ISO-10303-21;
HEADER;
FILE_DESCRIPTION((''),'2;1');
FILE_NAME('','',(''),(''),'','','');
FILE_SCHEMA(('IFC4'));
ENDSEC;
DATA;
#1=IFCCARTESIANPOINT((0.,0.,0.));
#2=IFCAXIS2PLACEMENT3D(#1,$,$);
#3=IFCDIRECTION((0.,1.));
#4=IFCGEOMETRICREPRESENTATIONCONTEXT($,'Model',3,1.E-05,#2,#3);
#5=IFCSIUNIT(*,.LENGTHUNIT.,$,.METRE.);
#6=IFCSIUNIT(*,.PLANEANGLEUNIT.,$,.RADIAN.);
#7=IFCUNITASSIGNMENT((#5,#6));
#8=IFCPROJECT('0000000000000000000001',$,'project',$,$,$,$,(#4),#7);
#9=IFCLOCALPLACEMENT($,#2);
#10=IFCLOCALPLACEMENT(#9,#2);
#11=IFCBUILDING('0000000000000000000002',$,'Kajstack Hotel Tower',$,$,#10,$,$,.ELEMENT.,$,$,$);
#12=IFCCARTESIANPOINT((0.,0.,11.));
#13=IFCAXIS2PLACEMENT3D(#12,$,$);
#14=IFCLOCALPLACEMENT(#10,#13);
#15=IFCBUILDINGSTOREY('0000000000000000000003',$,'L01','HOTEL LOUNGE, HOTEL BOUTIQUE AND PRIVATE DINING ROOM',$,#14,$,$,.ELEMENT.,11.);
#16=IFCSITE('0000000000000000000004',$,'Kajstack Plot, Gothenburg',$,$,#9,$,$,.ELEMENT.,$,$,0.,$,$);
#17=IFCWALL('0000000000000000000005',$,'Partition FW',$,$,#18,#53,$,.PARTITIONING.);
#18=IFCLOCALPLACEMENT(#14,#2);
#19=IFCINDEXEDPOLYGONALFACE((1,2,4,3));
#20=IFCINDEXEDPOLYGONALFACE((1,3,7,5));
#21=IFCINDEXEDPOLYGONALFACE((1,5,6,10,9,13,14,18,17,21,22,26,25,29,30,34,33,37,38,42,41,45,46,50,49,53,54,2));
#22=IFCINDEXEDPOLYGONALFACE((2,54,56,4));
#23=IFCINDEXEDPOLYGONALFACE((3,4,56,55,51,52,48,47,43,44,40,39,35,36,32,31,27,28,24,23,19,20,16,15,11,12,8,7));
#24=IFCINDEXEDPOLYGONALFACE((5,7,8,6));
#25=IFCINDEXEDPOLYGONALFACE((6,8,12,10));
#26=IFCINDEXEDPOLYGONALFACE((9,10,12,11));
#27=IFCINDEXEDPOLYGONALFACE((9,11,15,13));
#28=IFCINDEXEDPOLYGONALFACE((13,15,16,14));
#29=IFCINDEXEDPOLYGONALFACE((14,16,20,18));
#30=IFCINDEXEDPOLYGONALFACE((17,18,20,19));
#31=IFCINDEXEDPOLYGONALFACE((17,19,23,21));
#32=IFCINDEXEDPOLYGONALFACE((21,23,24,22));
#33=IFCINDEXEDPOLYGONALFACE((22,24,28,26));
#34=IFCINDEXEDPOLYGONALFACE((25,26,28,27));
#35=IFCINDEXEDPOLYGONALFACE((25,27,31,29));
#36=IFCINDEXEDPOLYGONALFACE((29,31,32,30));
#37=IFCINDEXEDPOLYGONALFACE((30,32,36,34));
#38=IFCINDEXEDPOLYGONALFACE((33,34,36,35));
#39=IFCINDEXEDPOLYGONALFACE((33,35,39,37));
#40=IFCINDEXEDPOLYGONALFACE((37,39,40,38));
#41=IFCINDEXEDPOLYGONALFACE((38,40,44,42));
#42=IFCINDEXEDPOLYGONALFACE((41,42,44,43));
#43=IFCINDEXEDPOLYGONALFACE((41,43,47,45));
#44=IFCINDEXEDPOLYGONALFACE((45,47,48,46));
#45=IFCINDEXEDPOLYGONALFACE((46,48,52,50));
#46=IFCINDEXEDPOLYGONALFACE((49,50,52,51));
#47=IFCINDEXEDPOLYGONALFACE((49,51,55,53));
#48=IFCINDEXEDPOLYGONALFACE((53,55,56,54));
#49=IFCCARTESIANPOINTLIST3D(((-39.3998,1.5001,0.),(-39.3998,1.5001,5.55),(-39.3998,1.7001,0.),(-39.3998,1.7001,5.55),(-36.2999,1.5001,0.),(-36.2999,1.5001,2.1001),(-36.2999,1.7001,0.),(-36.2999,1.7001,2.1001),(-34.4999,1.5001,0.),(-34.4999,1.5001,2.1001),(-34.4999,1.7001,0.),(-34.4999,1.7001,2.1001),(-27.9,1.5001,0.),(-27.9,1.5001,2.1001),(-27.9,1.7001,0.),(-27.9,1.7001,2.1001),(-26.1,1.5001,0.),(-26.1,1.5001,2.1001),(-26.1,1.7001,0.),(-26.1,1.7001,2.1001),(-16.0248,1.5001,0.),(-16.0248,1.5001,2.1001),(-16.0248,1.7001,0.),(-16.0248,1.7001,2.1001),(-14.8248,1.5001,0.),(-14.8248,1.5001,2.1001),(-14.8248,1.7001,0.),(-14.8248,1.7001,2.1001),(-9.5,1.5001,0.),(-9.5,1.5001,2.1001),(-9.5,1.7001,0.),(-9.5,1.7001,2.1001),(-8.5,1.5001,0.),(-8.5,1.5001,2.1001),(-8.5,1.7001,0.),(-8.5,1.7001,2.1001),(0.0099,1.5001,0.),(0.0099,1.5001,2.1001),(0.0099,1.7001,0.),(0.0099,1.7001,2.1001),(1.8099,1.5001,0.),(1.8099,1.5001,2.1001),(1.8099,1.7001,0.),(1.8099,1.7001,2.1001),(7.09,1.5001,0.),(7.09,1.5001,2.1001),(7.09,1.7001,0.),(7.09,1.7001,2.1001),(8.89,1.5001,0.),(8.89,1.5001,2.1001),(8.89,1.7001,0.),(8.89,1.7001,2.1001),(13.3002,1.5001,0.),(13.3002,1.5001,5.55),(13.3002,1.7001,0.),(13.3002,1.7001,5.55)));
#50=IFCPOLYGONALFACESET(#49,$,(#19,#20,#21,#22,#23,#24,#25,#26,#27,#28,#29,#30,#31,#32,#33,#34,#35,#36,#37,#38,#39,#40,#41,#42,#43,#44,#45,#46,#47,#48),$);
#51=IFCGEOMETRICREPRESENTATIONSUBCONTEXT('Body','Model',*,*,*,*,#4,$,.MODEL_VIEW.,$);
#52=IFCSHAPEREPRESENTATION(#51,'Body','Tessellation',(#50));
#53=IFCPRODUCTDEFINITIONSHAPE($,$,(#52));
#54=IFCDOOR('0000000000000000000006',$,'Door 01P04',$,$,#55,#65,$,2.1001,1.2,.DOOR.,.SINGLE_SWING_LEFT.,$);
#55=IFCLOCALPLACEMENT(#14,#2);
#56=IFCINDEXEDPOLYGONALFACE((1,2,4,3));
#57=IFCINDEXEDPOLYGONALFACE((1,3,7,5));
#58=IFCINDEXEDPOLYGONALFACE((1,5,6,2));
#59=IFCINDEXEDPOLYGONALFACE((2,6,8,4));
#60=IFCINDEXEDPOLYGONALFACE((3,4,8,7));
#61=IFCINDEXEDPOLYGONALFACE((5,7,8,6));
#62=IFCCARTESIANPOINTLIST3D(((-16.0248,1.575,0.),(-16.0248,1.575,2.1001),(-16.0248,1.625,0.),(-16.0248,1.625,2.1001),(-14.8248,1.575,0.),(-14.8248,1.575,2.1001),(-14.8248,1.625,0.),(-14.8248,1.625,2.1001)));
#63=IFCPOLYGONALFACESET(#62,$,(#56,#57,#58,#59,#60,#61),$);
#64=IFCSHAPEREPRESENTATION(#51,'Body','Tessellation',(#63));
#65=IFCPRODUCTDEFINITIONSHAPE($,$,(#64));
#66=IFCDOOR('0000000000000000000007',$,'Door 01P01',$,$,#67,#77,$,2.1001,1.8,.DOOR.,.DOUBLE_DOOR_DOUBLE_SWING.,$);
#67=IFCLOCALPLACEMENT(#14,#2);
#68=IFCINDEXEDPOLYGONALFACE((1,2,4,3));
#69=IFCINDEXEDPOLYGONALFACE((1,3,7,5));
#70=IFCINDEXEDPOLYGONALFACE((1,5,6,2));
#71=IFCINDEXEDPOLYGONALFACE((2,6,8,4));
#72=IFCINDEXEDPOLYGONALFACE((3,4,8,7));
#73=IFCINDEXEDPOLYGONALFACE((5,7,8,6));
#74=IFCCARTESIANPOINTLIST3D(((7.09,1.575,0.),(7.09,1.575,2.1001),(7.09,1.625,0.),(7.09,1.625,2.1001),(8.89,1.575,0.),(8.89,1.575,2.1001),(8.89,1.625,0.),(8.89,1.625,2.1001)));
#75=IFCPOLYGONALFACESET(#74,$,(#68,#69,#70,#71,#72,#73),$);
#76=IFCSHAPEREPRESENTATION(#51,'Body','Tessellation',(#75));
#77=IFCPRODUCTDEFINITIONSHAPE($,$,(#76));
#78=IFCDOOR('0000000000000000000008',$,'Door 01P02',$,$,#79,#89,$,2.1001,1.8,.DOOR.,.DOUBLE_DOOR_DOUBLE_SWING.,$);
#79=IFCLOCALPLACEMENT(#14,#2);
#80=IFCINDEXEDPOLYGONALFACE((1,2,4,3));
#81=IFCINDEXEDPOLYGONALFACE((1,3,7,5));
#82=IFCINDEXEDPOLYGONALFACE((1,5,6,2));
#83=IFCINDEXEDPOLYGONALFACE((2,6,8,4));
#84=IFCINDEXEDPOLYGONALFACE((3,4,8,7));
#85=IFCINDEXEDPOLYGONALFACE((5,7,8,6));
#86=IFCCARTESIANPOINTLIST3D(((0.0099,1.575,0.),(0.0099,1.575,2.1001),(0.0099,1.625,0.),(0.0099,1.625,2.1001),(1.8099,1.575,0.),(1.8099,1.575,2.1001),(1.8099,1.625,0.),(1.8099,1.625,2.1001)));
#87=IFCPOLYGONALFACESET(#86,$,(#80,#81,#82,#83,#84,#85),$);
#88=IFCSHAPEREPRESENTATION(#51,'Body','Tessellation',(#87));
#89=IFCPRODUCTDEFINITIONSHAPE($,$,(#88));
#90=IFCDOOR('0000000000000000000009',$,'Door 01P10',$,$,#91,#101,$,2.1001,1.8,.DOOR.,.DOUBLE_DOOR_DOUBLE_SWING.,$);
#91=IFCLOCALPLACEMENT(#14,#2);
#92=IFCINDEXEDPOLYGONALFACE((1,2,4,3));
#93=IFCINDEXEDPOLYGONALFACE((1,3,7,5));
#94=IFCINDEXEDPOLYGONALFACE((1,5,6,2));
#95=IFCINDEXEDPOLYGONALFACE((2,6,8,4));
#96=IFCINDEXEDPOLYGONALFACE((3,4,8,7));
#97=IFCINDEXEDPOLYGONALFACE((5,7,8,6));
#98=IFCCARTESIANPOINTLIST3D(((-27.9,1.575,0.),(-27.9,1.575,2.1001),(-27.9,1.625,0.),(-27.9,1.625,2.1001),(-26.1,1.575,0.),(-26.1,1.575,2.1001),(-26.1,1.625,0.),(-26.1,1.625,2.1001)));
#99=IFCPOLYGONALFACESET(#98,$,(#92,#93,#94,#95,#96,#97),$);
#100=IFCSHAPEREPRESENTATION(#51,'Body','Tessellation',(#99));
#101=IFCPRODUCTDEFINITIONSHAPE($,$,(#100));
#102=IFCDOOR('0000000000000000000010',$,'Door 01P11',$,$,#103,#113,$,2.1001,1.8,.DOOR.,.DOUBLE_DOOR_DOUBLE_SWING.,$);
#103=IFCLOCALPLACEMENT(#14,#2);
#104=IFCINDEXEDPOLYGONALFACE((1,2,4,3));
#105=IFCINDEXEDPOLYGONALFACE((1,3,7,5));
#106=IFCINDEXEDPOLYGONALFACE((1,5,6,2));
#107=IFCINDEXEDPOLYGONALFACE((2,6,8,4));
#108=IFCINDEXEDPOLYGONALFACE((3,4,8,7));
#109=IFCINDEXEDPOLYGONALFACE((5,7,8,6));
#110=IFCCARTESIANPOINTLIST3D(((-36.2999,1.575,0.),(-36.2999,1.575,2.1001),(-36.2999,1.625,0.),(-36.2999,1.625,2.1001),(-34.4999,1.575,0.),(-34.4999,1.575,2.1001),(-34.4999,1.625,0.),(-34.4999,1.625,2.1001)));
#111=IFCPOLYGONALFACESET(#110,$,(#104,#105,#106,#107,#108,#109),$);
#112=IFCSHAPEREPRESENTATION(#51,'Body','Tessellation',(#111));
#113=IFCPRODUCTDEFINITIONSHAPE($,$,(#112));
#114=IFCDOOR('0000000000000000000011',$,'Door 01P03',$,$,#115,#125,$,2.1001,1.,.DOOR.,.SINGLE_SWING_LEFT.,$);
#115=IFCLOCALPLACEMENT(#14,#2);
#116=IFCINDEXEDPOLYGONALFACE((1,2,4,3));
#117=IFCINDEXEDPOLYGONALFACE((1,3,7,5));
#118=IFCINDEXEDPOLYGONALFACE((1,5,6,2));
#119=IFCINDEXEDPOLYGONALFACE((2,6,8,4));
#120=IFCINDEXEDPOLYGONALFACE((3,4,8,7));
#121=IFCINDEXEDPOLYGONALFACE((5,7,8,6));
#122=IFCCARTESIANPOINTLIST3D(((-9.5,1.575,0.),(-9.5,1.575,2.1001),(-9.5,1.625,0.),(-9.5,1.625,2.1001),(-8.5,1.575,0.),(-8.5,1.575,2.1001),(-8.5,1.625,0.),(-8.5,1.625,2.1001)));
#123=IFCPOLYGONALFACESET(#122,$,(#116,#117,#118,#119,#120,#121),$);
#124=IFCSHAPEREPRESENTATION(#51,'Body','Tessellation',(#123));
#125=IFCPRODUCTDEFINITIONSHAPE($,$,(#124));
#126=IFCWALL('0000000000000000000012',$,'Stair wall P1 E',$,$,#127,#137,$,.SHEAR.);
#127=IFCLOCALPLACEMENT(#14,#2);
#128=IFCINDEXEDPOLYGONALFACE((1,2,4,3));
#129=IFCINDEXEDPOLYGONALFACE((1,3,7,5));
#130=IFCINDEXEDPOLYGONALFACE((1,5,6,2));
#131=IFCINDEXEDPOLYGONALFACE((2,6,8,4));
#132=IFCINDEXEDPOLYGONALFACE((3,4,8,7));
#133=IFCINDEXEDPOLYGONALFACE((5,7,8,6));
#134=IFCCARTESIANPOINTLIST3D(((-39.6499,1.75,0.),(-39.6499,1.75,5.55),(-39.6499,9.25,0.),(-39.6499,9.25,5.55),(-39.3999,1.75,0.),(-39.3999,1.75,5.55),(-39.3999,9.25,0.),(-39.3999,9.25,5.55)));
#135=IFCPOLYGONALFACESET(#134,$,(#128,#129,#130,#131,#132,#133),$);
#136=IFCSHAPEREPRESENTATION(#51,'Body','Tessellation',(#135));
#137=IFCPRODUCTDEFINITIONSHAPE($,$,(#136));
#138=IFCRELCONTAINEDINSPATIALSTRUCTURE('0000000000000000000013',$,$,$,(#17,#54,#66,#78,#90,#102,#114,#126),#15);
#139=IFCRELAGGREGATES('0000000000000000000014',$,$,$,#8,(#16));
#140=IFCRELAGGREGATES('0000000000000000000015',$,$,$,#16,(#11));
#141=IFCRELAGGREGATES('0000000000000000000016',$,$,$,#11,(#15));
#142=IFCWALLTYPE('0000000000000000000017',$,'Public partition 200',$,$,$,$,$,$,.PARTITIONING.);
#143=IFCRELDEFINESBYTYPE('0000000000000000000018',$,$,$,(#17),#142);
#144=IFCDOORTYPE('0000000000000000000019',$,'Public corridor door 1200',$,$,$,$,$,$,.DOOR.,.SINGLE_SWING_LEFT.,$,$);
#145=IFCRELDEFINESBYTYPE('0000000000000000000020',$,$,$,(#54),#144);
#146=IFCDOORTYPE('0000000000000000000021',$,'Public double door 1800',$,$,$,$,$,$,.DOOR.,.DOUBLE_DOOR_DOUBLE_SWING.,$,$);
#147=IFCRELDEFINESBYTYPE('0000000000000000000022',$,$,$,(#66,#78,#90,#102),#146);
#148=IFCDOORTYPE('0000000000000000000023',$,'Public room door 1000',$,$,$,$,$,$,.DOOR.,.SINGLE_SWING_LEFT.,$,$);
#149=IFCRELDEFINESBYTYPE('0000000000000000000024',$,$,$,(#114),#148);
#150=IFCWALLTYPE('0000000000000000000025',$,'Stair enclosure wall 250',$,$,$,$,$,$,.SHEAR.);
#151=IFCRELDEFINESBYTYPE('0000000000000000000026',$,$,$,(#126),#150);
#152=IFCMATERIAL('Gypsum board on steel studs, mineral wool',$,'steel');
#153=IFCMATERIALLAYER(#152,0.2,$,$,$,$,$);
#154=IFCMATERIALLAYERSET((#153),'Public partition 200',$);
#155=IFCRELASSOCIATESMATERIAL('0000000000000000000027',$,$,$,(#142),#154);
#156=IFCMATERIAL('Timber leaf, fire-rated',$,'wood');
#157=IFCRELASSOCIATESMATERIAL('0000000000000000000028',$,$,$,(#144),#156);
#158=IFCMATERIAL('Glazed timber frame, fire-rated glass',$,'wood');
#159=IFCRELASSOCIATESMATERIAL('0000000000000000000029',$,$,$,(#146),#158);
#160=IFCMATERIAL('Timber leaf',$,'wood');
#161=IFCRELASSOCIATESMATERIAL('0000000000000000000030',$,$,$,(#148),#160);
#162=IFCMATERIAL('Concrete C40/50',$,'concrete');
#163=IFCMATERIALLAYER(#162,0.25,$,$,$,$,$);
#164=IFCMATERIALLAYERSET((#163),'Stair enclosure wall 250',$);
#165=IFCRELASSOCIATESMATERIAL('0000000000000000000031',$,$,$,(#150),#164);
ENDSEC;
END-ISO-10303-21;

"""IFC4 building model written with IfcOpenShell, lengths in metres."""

from ifc_helpers import new_model, si_unit, direction, frame, frame_2d, origin, place, context, subcontext, project, spatial, rectangle, extrude, material, layer, layer_set, type_object, element, fill, save


model = new_model("IFC4")

# Units and contexts
model_context = context("Model", 3, precision=1e-05, world=origin(), true_north=direction((0.0, 1.0)))
body_context = subcontext(model_context, "Body", "Model", "MODEL_VIEW")
ifc_project = project(units=[si_unit("LENGTHUNIT", "METRE"), si_unit("PLANEANGLEUNIT", "RADIAN")], contexts=[model_context])

# Site, building, storey
site_placement = place(None, origin())
site = spatial("IfcSite", under=ifc_project, at=site_placement, Name="Kajstack Plot, Gothenburg", CompositionType="ELEMENT", RefElevation=0.0)
building_placement = place(site_placement, origin())
building = spatial("IfcBuilding", under=site, at=building_placement, Name="Kajstack Hotel Tower", CompositionType="ELEMENT")
storey_placement = place(building_placement, frame((0.0, 0.0, 11.0)))
storey = spatial("IfcBuildingStorey", under=building, at=storey_placement, Name="L01", Description="HOTEL LOUNGE, HOTEL BOUTIQUE AND PRIVATE DINING ROOM", CompositionType="ELEMENT", Elevation=11.0)

# Shared definitions
ifc_material_1 = material(Name="Gypsum board on steel studs, mineral wool", Category="steel")
ifc_layer_1 = layer(ifc_material_1, 0.2)
ifc_layer_set_1 = layer_set([ifc_layer_1], Name="Public partition 200")
wall_type_1 = type_object("IfcWallType", Name="Public partition 200", PredefinedType="PARTITIONING", material=ifc_layer_set_1)

# Wall, openings, doors
wall_1_placement = place(storey_placement, frame((-39.3999, 1.6001, 0.0), z_axis=(0.0, 0.0, 1.0), x_axis=(1.0, 0.0, 0.0)))
wall_1 = element("IfcWall", 1, at=wall_1_placement, inside=storey, type_object=wall_type_1, Name="Partition FW", PredefinedType="PARTITIONING", context=body_context, shape_type="SweptSolid", body=[
    extrude(rectangle(XDim=52.7, YDim=0.2, at=frame_2d((26.3501, 0.0))), origin(), (0.0, 0.0, 1.0), 5.55),
])
opening_1_placement = place(wall_1_placement, frame((46.49, 0.0, 0.0)))
opening_1 = element("IfcOpeningElement", 2, at=opening_1_placement, cuts=wall_1, PredefinedType="OPENING", context=body_context, shape_type="SweptSolid", body=[
    extrude(rectangle(XDim=1.8, YDim=2.1001, at=frame_2d((0.8999, 1.05))), frame((0.0, 0.1099, 0.0), z_axis=(0.0, -1.0, 0.0), x_axis=(1.0, 0.0, 0.0)), (0.0, 0.0, 1.0), 0.22),
])
opening_2_placement = place(wall_1_placement, frame((39.4099, 0.0, 0.0)))
opening_2 = element("IfcOpeningElement", 3, at=opening_2_placement, cuts=wall_1, PredefinedType="OPENING", context=body_context, shape_type="SweptSolid", body=[
    extrude(rectangle(XDim=1.8, YDim=2.1001, at=frame_2d((0.8999, 1.05))), frame((0.0, 0.1099, 0.0), z_axis=(0.0, -1.0, 0.0), x_axis=(1.0, 0.0, 0.0)), (0.0, 0.0, 1.0), 0.22),
])
opening_3_placement = place(wall_1_placement, frame((29.8999, 0.0, 0.0)))
opening_3 = element("IfcOpeningElement", 4, at=opening_3_placement, cuts=wall_1, PredefinedType="OPENING", context=body_context, shape_type="SweptSolid", body=[
    extrude(rectangle(XDim=1.0, YDim=2.1001, at=frame_2d((0.5, 1.05))), frame((0.0, 0.1099, 0.0), z_axis=(0.0, -1.0, 0.0), x_axis=(1.0, 0.0, 0.0)), (0.0, 0.0, 1.0), 0.22),
])
opening_4_placement = place(wall_1_placement, frame((23.375, 0.0, 0.0)))
opening_4 = element("IfcOpeningElement", 5, at=opening_4_placement, cuts=wall_1, PredefinedType="OPENING", context=body_context, shape_type="SweptSolid", body=[
    extrude(rectangle(XDim=1.2, YDim=2.1001, at=frame_2d((0.6001, 1.05))), frame((0.0, 0.1099, 0.0), z_axis=(0.0, -1.0, 0.0), x_axis=(1.0, 0.0, 0.0)), (0.0, 0.0, 1.0), 0.22),
])
opening_5_placement = place(wall_1_placement, frame((11.5, 0.0, 0.0)))
opening_5 = element("IfcOpeningElement", 6, at=opening_5_placement, cuts=wall_1, PredefinedType="OPENING", context=body_context, shape_type="SweptSolid", body=[
    extrude(rectangle(XDim=1.8, YDim=2.1001, at=frame_2d((0.8999, 1.05))), frame((0.0, 0.1099, 0.0), z_axis=(0.0, -1.0, 0.0), x_axis=(1.0, 0.0, 0.0)), (0.0, 0.0, 1.0), 0.22),
])
opening_6_placement = place(wall_1_placement, frame((3.1001, 0.0, 0.0)))
opening_6 = element("IfcOpeningElement", 7, at=opening_6_placement, cuts=wall_1, PredefinedType="OPENING", context=body_context, shape_type="SweptSolid", body=[
    extrude(rectangle(XDim=1.8, YDim=2.1001, at=frame_2d((0.8999, 1.05))), frame((0.0, 0.1099, 0.0), z_axis=(0.0, -1.0, 0.0), x_axis=(1.0, 0.0, 0.0)), (0.0, 0.0, 1.0), 0.22),
])
ifc_material_2 = material(Name="Timber leaf, fire-rated", Category="wood")
door_type_1 = type_object("IfcDoorType", Name="Public corridor door 1200", OperationType="SINGLE_SWING_LEFT", PredefinedType="DOOR", material=ifc_material_2)
door_1_placement = place(opening_4_placement, origin())
door_1 = element("IfcDoor", 8, at=door_1_placement, inside=storey, type_object=door_type_1, Name="Door 01P04", OperationType="SINGLE_SWING_LEFT", OverallHeight=2.1001, OverallWidth=1.2, PredefinedType="DOOR", context=body_context, shape_type="SweptSolid", body=[
    extrude(rectangle(XDim=1.2, YDim=2.1001, at=frame_2d((0.6001, 1.05))), frame((0.0, 0.0249, 0.0), z_axis=(0.0, -1.0, 0.0), x_axis=(1.0, 0.0, 0.0)), (0.0, 0.0, 1.0), 0.05),
])
fill(opening_4, door_1)
ifc_material_3 = material(Name="Glazed timber frame, fire-rated glass", Category="wood")
door_type_2 = type_object("IfcDoorType", Name="Public double door 1800", OperationType="DOUBLE_DOOR_DOUBLE_SWING", PredefinedType="DOOR", material=ifc_material_3)
door_2_placement = place(opening_1_placement, origin())
door_2 = element("IfcDoor", 9, at=door_2_placement, inside=storey, type_object=door_type_2, Name="Door 01P01", OperationType="DOUBLE_DOOR_DOUBLE_SWING", OverallHeight=2.1001, OverallWidth=1.8, PredefinedType="DOOR", context=body_context, shape_type="SweptSolid", body=[
    extrude(rectangle(XDim=1.8, YDim=2.1001, at=frame_2d((0.8999, 1.05))), frame((0.0, 0.0249, 0.0), z_axis=(0.0, -1.0, 0.0), x_axis=(1.0, 0.0, 0.0)), (0.0, 0.0, 1.0), 0.05),
])
fill(opening_1, door_2)
door_3_placement = place(opening_2_placement, origin())
door_3 = element("IfcDoor", 10, at=door_3_placement, inside=storey, type_object=door_type_2, Name="Door 01P02", OperationType="DOUBLE_DOOR_DOUBLE_SWING", OverallHeight=2.1001, OverallWidth=1.8, PredefinedType="DOOR", context=body_context, shape_type="SweptSolid", body=[
    extrude(rectangle(XDim=1.8, YDim=2.1001, at=frame_2d((0.8999, 1.05))), frame((0.0, 0.0249, 0.0), z_axis=(0.0, -1.0, 0.0), x_axis=(1.0, 0.0, 0.0)), (0.0, 0.0, 1.0), 0.05),
])
fill(opening_2, door_3)
door_4_placement = place(opening_5_placement, origin())
door_4 = element("IfcDoor", 11, at=door_4_placement, inside=storey, type_object=door_type_2, Name="Door 01P10", OperationType="DOUBLE_DOOR_DOUBLE_SWING", OverallHeight=2.1001, OverallWidth=1.8, PredefinedType="DOOR", context=body_context, shape_type="SweptSolid", body=[
    extrude(rectangle(XDim=1.8, YDim=2.1001, at=frame_2d((0.8999, 1.05))), frame((0.0, 0.0249, 0.0), z_axis=(0.0, -1.0, 0.0), x_axis=(1.0, 0.0, 0.0)), (0.0, 0.0, 1.0), 0.05),
])
fill(opening_5, door_4)
door_5_placement = place(opening_6_placement, origin())
door_5 = element("IfcDoor", 12, at=door_5_placement, inside=storey, type_object=door_type_2, Name="Door 01P11", OperationType="DOUBLE_DOOR_DOUBLE_SWING", OverallHeight=2.1001, OverallWidth=1.8, PredefinedType="DOOR", context=body_context, shape_type="SweptSolid", body=[
    extrude(rectangle(XDim=1.8, YDim=2.1001, at=frame_2d((0.8999, 1.05))), frame((0.0, 0.0249, 0.0), z_axis=(0.0, -1.0, 0.0), x_axis=(1.0, 0.0, 0.0)), (0.0, 0.0, 1.0), 0.05),
])
fill(opening_6, door_5)
ifc_material_4 = material(Name="Timber leaf", Category="wood")
door_type_3 = type_object("IfcDoorType", Name="Public room door 1000", OperationType="SINGLE_SWING_LEFT", PredefinedType="DOOR", material=ifc_material_4)
door_6_placement = place(opening_3_placement, origin())
door_6 = element("IfcDoor", 13, at=door_6_placement, inside=storey, type_object=door_type_3, Name="Door 01P03", OperationType="SINGLE_SWING_LEFT", OverallHeight=2.1001, OverallWidth=1.0, PredefinedType="DOOR", context=body_context, shape_type="SweptSolid", body=[
    extrude(rectangle(XDim=1.0, YDim=2.1001, at=frame_2d((0.5, 1.05))), frame((0.0, 0.0249, 0.0), z_axis=(0.0, -1.0, 0.0), x_axis=(1.0, 0.0, 0.0)), (0.0, 0.0, 1.0), 0.05),
])
fill(opening_3, door_6)

# Wall
ifc_material_5 = material(Name="Concrete C40/50", Category="concrete")
ifc_layer_2 = layer(ifc_material_5, 0.25)
ifc_layer_set_2 = layer_set([ifc_layer_2], Name="Stair enclosure wall 250")
wall_type_2 = type_object("IfcWallType", Name="Stair enclosure wall 250", PredefinedType="SHEAR", material=ifc_layer_set_2)
wall_2_placement = place(storey_placement, frame((-39.5249, 1.75, 0.0), z_axis=(0.0, 0.0, 1.0), x_axis=(0.0, 1.0, 0.0)))
element("IfcWall", 14, at=wall_2_placement, inside=storey, type_object=wall_type_2, Name="Stair wall P1 E", PredefinedType="SHEAR", context=body_context, shape_type="SweptSolid", body=[
    extrude(rectangle(XDim=7.5, YDim=0.25, at=frame_2d((3.75, 0.0))), origin(), (0.0, 0.0, 1.0), 5.55),
])

save(model, "model.ifc")
